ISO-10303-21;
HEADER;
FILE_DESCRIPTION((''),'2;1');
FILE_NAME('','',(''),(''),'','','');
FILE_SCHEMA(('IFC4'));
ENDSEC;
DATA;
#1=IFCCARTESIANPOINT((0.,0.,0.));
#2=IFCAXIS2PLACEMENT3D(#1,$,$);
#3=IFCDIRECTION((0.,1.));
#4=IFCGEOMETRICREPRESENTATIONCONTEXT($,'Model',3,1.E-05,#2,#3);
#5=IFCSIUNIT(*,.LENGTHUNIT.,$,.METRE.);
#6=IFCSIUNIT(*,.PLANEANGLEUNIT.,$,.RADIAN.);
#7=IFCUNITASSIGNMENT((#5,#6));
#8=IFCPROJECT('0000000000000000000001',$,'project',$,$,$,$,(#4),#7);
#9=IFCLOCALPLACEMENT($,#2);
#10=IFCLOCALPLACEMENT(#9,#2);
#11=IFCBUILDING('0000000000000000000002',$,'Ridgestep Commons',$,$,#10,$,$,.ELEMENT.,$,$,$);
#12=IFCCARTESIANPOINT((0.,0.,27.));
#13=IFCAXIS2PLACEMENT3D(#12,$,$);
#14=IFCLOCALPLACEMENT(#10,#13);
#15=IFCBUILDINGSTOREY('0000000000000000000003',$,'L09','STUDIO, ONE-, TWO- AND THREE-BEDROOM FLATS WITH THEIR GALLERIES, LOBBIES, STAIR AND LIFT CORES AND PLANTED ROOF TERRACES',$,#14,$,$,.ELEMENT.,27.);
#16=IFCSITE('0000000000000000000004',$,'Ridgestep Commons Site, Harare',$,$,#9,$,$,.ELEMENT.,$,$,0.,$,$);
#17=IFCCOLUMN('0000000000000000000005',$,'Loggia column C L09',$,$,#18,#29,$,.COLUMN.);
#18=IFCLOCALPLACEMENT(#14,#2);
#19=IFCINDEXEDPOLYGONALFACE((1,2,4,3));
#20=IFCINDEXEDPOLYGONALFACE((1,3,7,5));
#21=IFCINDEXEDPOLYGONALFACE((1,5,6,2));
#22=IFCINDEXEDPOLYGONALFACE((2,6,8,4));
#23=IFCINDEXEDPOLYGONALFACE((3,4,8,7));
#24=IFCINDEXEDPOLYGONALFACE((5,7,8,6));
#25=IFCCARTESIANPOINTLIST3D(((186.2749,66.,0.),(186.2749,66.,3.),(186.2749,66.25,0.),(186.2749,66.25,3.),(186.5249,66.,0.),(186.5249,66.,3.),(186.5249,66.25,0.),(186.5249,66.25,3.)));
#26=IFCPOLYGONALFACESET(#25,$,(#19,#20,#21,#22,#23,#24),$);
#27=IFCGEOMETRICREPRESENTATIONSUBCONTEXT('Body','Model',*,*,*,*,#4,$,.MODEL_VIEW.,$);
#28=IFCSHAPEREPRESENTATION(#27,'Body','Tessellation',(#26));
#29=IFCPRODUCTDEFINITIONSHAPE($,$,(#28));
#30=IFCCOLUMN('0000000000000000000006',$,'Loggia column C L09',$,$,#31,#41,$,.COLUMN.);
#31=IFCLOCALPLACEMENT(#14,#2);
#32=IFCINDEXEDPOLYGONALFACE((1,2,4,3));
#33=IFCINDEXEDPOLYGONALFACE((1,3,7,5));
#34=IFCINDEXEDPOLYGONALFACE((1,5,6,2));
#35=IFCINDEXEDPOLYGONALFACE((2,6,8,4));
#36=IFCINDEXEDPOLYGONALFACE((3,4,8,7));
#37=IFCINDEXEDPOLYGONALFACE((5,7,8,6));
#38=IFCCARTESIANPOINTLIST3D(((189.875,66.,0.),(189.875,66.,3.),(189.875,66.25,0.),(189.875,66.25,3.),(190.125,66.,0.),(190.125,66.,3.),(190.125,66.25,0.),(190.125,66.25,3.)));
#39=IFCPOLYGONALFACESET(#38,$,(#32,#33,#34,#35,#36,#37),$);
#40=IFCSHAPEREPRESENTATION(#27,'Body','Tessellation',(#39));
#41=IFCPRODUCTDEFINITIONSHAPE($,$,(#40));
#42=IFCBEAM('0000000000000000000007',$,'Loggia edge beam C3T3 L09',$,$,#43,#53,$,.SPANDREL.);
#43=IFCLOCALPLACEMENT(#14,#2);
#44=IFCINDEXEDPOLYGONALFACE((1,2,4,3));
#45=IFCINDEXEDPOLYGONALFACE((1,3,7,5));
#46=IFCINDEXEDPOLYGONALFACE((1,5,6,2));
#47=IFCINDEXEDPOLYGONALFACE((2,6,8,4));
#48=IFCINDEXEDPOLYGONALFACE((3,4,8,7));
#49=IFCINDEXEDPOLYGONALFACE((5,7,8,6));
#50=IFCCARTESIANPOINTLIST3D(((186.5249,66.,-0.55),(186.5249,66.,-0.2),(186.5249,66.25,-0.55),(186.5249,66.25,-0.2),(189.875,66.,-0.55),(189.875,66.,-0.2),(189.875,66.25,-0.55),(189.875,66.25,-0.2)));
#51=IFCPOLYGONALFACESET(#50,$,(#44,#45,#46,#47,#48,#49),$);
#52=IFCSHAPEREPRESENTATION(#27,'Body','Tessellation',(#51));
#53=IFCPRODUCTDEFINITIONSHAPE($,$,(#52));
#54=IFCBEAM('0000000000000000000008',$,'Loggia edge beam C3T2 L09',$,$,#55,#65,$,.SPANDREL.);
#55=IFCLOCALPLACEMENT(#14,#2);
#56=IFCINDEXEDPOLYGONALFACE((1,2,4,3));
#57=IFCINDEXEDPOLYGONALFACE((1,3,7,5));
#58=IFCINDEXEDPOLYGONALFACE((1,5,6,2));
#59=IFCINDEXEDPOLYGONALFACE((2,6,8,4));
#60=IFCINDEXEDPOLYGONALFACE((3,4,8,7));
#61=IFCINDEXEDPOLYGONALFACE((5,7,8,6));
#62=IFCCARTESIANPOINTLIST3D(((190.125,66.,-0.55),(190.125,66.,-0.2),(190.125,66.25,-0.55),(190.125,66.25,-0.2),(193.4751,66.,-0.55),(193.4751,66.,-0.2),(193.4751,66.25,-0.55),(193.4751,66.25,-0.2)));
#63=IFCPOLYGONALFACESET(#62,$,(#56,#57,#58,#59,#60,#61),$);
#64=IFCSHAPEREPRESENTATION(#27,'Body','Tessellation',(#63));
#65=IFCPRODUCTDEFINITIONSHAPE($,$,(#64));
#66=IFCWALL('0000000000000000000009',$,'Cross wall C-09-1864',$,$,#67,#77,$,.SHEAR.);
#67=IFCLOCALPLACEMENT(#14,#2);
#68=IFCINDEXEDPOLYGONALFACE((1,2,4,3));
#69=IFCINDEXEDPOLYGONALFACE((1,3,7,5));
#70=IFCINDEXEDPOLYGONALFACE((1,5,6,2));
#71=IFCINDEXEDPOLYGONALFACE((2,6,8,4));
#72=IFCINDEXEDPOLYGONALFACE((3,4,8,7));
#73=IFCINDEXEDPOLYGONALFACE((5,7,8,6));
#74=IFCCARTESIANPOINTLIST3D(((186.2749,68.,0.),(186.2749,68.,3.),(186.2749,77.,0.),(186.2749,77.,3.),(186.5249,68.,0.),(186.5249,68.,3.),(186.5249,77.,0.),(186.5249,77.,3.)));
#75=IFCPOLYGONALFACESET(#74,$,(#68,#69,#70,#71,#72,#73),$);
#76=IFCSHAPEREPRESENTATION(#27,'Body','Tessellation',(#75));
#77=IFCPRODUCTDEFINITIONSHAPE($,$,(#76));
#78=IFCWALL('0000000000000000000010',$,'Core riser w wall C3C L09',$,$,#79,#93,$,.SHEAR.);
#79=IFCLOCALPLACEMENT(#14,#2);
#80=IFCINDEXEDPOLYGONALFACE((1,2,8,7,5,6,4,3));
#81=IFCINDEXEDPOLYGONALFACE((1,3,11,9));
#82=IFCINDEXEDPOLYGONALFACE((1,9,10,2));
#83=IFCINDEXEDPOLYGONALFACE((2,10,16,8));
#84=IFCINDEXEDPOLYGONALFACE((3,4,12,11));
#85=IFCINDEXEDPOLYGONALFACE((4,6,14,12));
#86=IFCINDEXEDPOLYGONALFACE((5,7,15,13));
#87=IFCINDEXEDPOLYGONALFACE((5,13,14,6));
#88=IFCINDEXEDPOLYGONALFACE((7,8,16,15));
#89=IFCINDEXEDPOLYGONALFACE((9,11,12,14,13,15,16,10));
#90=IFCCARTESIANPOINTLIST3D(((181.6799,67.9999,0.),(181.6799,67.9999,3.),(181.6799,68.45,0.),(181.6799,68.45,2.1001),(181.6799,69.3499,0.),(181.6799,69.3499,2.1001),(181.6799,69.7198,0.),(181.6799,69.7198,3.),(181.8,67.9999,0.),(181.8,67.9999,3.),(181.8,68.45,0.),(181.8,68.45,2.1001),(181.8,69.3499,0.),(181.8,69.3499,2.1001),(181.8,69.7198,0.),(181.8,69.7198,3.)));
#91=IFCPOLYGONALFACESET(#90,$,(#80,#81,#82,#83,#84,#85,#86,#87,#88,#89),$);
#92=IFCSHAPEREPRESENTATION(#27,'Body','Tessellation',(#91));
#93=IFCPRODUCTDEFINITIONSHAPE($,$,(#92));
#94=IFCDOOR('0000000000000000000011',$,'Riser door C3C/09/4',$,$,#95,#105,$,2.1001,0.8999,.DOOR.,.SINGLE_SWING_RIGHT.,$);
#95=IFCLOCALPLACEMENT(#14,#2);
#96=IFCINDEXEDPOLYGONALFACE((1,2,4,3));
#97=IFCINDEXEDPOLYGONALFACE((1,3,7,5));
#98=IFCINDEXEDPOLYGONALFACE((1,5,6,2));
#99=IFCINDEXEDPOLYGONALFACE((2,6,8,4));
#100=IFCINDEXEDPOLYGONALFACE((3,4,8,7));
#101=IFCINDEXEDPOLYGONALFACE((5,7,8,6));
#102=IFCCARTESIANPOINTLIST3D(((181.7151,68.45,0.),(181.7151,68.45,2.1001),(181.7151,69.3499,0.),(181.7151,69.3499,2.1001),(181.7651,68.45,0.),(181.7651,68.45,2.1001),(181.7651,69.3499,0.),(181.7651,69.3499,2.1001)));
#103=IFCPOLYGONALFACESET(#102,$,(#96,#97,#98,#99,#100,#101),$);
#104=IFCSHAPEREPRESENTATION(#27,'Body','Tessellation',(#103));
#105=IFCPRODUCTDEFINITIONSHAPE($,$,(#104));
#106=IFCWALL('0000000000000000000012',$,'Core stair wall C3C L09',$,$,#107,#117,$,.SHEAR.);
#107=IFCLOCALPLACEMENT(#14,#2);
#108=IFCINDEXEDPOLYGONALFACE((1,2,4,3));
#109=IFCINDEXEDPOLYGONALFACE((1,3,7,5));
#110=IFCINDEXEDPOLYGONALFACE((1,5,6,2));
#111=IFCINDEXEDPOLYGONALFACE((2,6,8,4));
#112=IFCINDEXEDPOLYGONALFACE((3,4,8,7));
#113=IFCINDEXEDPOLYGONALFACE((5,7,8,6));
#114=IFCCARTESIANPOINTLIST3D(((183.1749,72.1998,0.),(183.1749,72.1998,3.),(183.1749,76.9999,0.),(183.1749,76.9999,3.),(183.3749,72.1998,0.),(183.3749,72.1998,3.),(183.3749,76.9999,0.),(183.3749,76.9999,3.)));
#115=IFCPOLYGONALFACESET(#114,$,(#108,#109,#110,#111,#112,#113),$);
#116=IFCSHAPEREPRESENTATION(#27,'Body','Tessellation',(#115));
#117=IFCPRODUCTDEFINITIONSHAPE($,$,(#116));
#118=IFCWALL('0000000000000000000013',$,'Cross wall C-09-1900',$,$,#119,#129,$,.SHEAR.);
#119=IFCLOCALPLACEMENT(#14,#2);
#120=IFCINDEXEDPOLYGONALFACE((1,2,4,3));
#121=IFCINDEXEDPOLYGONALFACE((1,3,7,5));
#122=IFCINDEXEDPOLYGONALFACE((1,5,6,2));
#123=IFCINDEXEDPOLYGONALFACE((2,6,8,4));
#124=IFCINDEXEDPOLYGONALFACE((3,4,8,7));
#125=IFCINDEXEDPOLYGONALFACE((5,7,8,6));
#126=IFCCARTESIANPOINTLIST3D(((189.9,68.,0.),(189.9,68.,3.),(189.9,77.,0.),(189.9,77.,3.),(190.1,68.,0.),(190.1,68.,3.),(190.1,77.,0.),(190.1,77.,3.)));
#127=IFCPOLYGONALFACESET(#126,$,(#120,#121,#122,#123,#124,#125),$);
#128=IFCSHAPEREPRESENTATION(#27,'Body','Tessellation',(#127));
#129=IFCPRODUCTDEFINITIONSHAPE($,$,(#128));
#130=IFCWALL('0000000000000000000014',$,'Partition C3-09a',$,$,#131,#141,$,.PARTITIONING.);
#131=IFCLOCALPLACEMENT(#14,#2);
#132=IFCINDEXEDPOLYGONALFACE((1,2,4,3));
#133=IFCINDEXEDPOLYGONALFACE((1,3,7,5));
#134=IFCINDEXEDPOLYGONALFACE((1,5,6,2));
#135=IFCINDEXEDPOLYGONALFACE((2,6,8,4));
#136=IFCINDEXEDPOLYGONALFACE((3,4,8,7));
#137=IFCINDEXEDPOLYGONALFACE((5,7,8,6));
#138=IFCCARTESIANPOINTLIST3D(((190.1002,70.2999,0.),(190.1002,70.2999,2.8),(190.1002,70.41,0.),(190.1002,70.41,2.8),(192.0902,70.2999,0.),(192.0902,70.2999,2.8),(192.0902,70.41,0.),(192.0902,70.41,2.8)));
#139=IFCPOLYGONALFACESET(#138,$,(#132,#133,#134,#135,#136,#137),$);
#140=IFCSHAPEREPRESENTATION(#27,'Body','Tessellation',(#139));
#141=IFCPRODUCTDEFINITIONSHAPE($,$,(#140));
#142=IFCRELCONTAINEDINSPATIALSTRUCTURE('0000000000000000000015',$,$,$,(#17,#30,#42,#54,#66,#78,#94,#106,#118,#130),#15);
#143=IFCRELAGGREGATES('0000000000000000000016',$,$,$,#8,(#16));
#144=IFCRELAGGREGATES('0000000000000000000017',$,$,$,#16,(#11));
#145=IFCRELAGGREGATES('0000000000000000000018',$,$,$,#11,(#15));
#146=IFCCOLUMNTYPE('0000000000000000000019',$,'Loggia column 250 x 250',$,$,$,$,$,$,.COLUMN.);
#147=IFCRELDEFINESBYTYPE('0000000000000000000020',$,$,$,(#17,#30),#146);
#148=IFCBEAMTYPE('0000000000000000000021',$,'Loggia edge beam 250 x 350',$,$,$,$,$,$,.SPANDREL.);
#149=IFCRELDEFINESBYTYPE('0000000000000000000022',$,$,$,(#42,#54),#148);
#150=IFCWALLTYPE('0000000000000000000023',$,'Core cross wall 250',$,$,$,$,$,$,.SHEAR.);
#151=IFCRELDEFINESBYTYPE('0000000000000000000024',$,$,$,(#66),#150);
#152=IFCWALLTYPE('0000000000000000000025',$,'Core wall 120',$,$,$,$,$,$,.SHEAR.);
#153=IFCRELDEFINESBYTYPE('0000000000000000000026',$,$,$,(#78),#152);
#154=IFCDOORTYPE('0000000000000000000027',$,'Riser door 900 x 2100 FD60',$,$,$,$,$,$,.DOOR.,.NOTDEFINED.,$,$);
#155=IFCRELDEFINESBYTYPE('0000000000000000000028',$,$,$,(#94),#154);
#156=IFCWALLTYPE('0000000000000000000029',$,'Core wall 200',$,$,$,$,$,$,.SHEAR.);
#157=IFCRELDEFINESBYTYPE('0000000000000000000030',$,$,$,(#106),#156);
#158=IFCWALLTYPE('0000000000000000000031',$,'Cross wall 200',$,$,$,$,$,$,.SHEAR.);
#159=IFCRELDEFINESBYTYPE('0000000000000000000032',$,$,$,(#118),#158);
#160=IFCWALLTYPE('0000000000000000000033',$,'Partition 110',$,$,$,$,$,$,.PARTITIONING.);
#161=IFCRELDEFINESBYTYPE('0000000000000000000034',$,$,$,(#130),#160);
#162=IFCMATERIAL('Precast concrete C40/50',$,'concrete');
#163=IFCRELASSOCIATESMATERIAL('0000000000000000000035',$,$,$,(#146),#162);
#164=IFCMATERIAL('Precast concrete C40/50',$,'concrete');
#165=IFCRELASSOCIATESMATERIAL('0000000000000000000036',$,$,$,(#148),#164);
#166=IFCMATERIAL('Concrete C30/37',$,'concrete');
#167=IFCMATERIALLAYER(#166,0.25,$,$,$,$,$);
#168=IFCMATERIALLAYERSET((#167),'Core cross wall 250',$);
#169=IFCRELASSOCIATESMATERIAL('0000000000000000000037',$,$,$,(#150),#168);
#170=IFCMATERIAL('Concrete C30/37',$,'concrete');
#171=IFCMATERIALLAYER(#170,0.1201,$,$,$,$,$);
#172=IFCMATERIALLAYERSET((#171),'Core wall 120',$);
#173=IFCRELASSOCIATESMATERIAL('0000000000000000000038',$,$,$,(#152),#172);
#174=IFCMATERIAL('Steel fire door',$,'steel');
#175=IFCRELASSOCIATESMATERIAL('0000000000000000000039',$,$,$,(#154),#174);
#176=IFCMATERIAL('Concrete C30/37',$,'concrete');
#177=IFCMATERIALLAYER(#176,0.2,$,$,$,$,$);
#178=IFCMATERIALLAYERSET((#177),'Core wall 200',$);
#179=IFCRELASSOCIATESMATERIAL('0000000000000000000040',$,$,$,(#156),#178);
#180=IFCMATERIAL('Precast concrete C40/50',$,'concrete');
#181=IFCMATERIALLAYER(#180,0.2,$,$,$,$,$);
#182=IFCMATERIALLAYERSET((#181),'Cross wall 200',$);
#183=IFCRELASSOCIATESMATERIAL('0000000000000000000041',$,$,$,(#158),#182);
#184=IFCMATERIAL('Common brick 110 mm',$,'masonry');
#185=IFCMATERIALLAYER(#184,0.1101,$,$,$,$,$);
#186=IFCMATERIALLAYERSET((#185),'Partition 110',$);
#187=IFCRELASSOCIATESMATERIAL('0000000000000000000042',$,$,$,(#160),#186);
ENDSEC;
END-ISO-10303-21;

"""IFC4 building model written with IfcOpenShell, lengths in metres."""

from ifc_helpers import new_model, si_unit, direction, frame, frame_2d, origin, origin_2d, place, context, subcontext, project, spatial, rectangle, extrude, material, layer, layer_set, material_profile, profile_set, type_object, element, fill, save


model = new_model("IFC4")

# Units and contexts
model_context = context("Model", 3, precision=1e-05, world=origin(), true_north=direction((0.0, 1.0)))
body_context = subcontext(model_context, "Body", "Model", "MODEL_VIEW")
ifc_project = project(units=[si_unit("LENGTHUNIT", "METRE"), si_unit("PLANEANGLEUNIT", "RADIAN")], contexts=[model_context])

# Site, building, storey
site_placement = place(None, origin())
site = spatial("IfcSite", under=ifc_project, at=site_placement, Name="Ridgestep Commons Site, Harare", CompositionType="ELEMENT", RefElevation=0.0)
building_placement = place(site_placement, origin())
building = spatial("IfcBuilding", under=site, at=building_placement, Name="Ridgestep Commons", CompositionType="ELEMENT")
storey_placement = place(building_placement, frame((0.0, 0.0, 27.0)))
storey = spatial("IfcBuildingStorey", under=building, at=storey_placement, Name="L09", Description="STUDIO, ONE-, TWO- AND THREE-BEDROOM FLATS WITH THEIR GALLERIES, LOBBIES, STAIR AND LIFT CORES AND PLANTED ROOF TERRACES", CompositionType="ELEMENT", Elevation=27.0)

# Columns
ifc_material_1 = material(Name="Precast concrete C40/50", Category="concrete")
ifc_material_profile_1 = material_profile(ifc_material_1, rectangle(XDim=0.25, YDim=0.25, at=origin_2d()), Name="PC 250x250")
ifc_profile_set_1 = profile_set([ifc_material_profile_1], Name="Precast concrete C40/50")
column_type = type_object("IfcColumnType", Name="Loggia column 250 x 250", PredefinedType="COLUMN", material=ifc_profile_set_1)
for number, where, z_axis, x_axis, name in (
    (1, (186.3999, 66.125, 0.0), (0.0, 0.0, 1.0), (1.0, 0.0, 0.0), "Loggia column C L09"),
    (2, (190.0, 66.125, 0.0), (0.0, 0.0, 1.0), (1.0, 0.0, 0.0), "Loggia column C L09"),
):
    element("IfcColumn", number, at=place(storey_placement, frame(where, z_axis=z_axis, x_axis=x_axis)), inside=storey, type_object=column_type, Name=name, PredefinedType="COLUMN", context=body_context, shape_type="SweptSolid", body=[
        extrude(rectangle(XDim=0.25, YDim=0.25, at=origin_2d()), origin(), (0.0, 0.0, 1.0), 3.0),
    ])

# Beams
ifc_material_2 = material(Name="Precast concrete C40/50", Category="concrete")
ifc_material_profile_2 = material_profile(ifc_material_2, rectangle(XDim=0.25, YDim=0.3501, at=origin_2d()), Name="PC 250x350")
ifc_profile_set_2 = profile_set([ifc_material_profile_2], Name="Precast concrete C40/50")
beam_type = type_object("IfcBeamType", Name="Loggia edge beam 250 x 350", PredefinedType="SPANDREL", material=ifc_profile_set_2)
for number, where, z_axis, x_axis, name in (
    (3, (186.5249, 66.125, -0.375), (1.0, 0.0, 0.0), (0.0, 1.0, 0.0), "Loggia edge beam C3T3 L09"),
    (4, (190.125, 66.125, -0.375), (1.0, 0.0, 0.0), (0.0, 1.0, 0.0), "Loggia edge beam C3T2 L09"),
):
    element("IfcBeam", number, at=place(storey_placement, frame(where, z_axis=z_axis, x_axis=x_axis)), inside=storey, type_object=beam_type, Name=name, PredefinedType="SPANDREL", context=body_context, shape_type="SweptSolid", body=[
        extrude(rectangle(XDim=0.25, YDim=0.3501, at=origin_2d()), origin(), (0.0, 0.0, 1.0), 3.3501),
    ])

# Wall
ifc_material_3 = material(Name="Concrete C30/37", Category="concrete")
ifc_layer_1 = layer(ifc_material_3, 0.25)
ifc_layer_set_1 = layer_set([ifc_layer_1], Name="Core cross wall 250")
wall_type_1 = type_object("IfcWallType", Name="Core cross wall 250", PredefinedType="SHEAR", material=ifc_layer_set_1)
wall_1_placement = place(storey_placement, frame((186.3999, 68.0, 0.0), z_axis=(0.0, 0.0, 1.0), x_axis=(0.0, 1.0, 0.0)))
element("IfcWall", 5, at=wall_1_placement, inside=storey, type_object=wall_type_1, Name="Cross wall C-09-1864", PredefinedType="SHEAR", context=body_context, shape_type="SweptSolid", body=[
    extrude(rectangle(XDim=9.0, YDim=0.25, at=frame_2d((4.5, 0.0))), origin(), (0.0, 0.0, 1.0), 3.0),
])

# Wall, opening, door
ifc_material_4 = material(Name="Concrete C30/37", Category="concrete")
ifc_layer_2 = layer(ifc_material_4, 0.1201)
ifc_layer_set_2 = layer_set([ifc_layer_2], Name="Core wall 120")
wall_type_2 = type_object("IfcWallType", Name="Core wall 120", PredefinedType="SHEAR", material=ifc_layer_set_2)
wall_2_placement = place(storey_placement, frame((181.74, 68.0, 0.0), z_axis=(0.0, 0.0, 1.0), x_axis=(0.0, 1.0, 0.0)))
wall_2 = element("IfcWall", 6, at=wall_2_placement, inside=storey, type_object=wall_type_2, Name="Core riser w wall C3C L09", PredefinedType="SHEAR", context=body_context, shape_type="SweptSolid", body=[
    extrude(rectangle(XDim=1.72, YDim=0.1201, at=frame_2d((0.8599, 0.0))), origin(), (0.0, 0.0, 1.0), 3.0),
])
opening_1_placement = place(wall_2_placement, frame((0.45, 0.0, 0.0)))
opening_1 = element("IfcOpeningElement", 7, at=opening_1_placement, cuts=wall_2, PredefinedType="OPENING", context=body_context, shape_type="SweptSolid", body=[
    extrude(rectangle(XDim=0.8999, YDim=2.1001, at=frame_2d((0.45, 1.05))), frame((0.0, 0.0701, 0.0), z_axis=(0.0, -1.0, 0.0), x_axis=(1.0, 0.0, 0.0)), (0.0, 0.0, 1.0), 0.1401),
])
ifc_material_5 = material(Name="Steel fire door", Category="steel")
door_type_1 = type_object("IfcDoorType", Name="Riser door 900 x 2100 FD60", OperationType="NOTDEFINED", PredefinedType="DOOR", material=ifc_material_5)
door_1_placement = place(opening_1_placement, origin())
door_1 = element("IfcDoor", 8, at=door_1_placement, inside=storey, type_object=door_type_1, Name="Riser door C3C/09/4", OperationType="SINGLE_SWING_RIGHT", OverallHeight=2.1001, OverallWidth=0.8999, PredefinedType="DOOR", context=body_context, shape_type="SweptSolid", body=[
    extrude(rectangle(XDim=0.8999, YDim=2.1001, at=frame_2d((0.45, 1.05))), frame((0.0, 0.0249, 0.0), z_axis=(0.0, -1.0, 0.0), x_axis=(1.0, 0.0, 0.0)), (0.0, 0.0, 1.0), 0.05),
])
fill(opening_1, door_1)

# Walls
ifc_material_6 = material(Name="Concrete C30/37", Category="concrete")
ifc_layer_3 = layer(ifc_material_6, 0.2)
ifc_layer_set_3 = layer_set([ifc_layer_3], Name="Core wall 200")
wall_type_3 = type_object("IfcWallType", Name="Core wall 200", PredefinedType="SHEAR", material=ifc_layer_set_3)
wall_3_placement = place(storey_placement, frame((183.2749, 72.2, 0.0), z_axis=(0.0, 0.0, 1.0), x_axis=(0.0, 1.0, 0.0)))
element("IfcWall", 9, at=wall_3_placement, inside=storey, type_object=wall_type_3, Name="Core stair wall C3C L09", PredefinedType="SHEAR", context=body_context, shape_type="SweptSolid", body=[
    extrude(rectangle(XDim=4.8, YDim=0.2, at=frame_2d((2.3999, 0.0))), origin(), (0.0, 0.0, 1.0), 3.0),
])
ifc_material_7 = material(Name="Precast concrete C40/50", Category="concrete")
ifc_layer_4 = layer(ifc_material_7, 0.2)
ifc_layer_set_4 = layer_set([ifc_layer_4], Name="Cross wall 200")
wall_type_4 = type_object("IfcWallType", Name="Cross wall 200", PredefinedType="SHEAR", material=ifc_layer_set_4)
wall_4_placement = place(storey_placement, frame((190.0, 68.0, 0.0), z_axis=(0.0, 0.0, 1.0), x_axis=(0.0, 1.0, 0.0)))
element("IfcWall", 10, at=wall_4_placement, inside=storey, type_object=wall_type_4, Name="Cross wall C-09-1900", PredefinedType="SHEAR", context=body_context, shape_type="SweptSolid", body=[
    extrude(rectangle(XDim=9.0, YDim=0.2, at=frame_2d((4.5, 0.0))), origin(), (0.0, 0.0, 1.0), 3.0),
])
ifc_material_8 = material(Name="Common brick 110 mm", Category="masonry")
ifc_layer_5 = layer(ifc_material_8, 0.1101)
ifc_layer_set_5 = layer_set([ifc_layer_5], Name="Partition 110")
wall_type_5 = type_object("IfcWallType", Name="Partition 110", PredefinedType="PARTITIONING", material=ifc_layer_set_5)
wall_5_placement = place(storey_placement, frame((190.1001, 70.355, 0.0), z_axis=(0.0, 0.0, 1.0), x_axis=(1.0, 0.0, 0.0)))
element("IfcWall", 11, at=wall_5_placement, inside=storey, type_object=wall_type_5, Name="Partition C3-09a", PredefinedType="PARTITIONING", context=body_context, shape_type="SweptSolid", body=[
    extrude(rectangle(XDim=1.99, YDim=0.1101, at=frame_2d((0.9951, 0.0))), origin(), (0.0, 0.0, 1.0), 2.8),
])

save(model, "model.ifc")
